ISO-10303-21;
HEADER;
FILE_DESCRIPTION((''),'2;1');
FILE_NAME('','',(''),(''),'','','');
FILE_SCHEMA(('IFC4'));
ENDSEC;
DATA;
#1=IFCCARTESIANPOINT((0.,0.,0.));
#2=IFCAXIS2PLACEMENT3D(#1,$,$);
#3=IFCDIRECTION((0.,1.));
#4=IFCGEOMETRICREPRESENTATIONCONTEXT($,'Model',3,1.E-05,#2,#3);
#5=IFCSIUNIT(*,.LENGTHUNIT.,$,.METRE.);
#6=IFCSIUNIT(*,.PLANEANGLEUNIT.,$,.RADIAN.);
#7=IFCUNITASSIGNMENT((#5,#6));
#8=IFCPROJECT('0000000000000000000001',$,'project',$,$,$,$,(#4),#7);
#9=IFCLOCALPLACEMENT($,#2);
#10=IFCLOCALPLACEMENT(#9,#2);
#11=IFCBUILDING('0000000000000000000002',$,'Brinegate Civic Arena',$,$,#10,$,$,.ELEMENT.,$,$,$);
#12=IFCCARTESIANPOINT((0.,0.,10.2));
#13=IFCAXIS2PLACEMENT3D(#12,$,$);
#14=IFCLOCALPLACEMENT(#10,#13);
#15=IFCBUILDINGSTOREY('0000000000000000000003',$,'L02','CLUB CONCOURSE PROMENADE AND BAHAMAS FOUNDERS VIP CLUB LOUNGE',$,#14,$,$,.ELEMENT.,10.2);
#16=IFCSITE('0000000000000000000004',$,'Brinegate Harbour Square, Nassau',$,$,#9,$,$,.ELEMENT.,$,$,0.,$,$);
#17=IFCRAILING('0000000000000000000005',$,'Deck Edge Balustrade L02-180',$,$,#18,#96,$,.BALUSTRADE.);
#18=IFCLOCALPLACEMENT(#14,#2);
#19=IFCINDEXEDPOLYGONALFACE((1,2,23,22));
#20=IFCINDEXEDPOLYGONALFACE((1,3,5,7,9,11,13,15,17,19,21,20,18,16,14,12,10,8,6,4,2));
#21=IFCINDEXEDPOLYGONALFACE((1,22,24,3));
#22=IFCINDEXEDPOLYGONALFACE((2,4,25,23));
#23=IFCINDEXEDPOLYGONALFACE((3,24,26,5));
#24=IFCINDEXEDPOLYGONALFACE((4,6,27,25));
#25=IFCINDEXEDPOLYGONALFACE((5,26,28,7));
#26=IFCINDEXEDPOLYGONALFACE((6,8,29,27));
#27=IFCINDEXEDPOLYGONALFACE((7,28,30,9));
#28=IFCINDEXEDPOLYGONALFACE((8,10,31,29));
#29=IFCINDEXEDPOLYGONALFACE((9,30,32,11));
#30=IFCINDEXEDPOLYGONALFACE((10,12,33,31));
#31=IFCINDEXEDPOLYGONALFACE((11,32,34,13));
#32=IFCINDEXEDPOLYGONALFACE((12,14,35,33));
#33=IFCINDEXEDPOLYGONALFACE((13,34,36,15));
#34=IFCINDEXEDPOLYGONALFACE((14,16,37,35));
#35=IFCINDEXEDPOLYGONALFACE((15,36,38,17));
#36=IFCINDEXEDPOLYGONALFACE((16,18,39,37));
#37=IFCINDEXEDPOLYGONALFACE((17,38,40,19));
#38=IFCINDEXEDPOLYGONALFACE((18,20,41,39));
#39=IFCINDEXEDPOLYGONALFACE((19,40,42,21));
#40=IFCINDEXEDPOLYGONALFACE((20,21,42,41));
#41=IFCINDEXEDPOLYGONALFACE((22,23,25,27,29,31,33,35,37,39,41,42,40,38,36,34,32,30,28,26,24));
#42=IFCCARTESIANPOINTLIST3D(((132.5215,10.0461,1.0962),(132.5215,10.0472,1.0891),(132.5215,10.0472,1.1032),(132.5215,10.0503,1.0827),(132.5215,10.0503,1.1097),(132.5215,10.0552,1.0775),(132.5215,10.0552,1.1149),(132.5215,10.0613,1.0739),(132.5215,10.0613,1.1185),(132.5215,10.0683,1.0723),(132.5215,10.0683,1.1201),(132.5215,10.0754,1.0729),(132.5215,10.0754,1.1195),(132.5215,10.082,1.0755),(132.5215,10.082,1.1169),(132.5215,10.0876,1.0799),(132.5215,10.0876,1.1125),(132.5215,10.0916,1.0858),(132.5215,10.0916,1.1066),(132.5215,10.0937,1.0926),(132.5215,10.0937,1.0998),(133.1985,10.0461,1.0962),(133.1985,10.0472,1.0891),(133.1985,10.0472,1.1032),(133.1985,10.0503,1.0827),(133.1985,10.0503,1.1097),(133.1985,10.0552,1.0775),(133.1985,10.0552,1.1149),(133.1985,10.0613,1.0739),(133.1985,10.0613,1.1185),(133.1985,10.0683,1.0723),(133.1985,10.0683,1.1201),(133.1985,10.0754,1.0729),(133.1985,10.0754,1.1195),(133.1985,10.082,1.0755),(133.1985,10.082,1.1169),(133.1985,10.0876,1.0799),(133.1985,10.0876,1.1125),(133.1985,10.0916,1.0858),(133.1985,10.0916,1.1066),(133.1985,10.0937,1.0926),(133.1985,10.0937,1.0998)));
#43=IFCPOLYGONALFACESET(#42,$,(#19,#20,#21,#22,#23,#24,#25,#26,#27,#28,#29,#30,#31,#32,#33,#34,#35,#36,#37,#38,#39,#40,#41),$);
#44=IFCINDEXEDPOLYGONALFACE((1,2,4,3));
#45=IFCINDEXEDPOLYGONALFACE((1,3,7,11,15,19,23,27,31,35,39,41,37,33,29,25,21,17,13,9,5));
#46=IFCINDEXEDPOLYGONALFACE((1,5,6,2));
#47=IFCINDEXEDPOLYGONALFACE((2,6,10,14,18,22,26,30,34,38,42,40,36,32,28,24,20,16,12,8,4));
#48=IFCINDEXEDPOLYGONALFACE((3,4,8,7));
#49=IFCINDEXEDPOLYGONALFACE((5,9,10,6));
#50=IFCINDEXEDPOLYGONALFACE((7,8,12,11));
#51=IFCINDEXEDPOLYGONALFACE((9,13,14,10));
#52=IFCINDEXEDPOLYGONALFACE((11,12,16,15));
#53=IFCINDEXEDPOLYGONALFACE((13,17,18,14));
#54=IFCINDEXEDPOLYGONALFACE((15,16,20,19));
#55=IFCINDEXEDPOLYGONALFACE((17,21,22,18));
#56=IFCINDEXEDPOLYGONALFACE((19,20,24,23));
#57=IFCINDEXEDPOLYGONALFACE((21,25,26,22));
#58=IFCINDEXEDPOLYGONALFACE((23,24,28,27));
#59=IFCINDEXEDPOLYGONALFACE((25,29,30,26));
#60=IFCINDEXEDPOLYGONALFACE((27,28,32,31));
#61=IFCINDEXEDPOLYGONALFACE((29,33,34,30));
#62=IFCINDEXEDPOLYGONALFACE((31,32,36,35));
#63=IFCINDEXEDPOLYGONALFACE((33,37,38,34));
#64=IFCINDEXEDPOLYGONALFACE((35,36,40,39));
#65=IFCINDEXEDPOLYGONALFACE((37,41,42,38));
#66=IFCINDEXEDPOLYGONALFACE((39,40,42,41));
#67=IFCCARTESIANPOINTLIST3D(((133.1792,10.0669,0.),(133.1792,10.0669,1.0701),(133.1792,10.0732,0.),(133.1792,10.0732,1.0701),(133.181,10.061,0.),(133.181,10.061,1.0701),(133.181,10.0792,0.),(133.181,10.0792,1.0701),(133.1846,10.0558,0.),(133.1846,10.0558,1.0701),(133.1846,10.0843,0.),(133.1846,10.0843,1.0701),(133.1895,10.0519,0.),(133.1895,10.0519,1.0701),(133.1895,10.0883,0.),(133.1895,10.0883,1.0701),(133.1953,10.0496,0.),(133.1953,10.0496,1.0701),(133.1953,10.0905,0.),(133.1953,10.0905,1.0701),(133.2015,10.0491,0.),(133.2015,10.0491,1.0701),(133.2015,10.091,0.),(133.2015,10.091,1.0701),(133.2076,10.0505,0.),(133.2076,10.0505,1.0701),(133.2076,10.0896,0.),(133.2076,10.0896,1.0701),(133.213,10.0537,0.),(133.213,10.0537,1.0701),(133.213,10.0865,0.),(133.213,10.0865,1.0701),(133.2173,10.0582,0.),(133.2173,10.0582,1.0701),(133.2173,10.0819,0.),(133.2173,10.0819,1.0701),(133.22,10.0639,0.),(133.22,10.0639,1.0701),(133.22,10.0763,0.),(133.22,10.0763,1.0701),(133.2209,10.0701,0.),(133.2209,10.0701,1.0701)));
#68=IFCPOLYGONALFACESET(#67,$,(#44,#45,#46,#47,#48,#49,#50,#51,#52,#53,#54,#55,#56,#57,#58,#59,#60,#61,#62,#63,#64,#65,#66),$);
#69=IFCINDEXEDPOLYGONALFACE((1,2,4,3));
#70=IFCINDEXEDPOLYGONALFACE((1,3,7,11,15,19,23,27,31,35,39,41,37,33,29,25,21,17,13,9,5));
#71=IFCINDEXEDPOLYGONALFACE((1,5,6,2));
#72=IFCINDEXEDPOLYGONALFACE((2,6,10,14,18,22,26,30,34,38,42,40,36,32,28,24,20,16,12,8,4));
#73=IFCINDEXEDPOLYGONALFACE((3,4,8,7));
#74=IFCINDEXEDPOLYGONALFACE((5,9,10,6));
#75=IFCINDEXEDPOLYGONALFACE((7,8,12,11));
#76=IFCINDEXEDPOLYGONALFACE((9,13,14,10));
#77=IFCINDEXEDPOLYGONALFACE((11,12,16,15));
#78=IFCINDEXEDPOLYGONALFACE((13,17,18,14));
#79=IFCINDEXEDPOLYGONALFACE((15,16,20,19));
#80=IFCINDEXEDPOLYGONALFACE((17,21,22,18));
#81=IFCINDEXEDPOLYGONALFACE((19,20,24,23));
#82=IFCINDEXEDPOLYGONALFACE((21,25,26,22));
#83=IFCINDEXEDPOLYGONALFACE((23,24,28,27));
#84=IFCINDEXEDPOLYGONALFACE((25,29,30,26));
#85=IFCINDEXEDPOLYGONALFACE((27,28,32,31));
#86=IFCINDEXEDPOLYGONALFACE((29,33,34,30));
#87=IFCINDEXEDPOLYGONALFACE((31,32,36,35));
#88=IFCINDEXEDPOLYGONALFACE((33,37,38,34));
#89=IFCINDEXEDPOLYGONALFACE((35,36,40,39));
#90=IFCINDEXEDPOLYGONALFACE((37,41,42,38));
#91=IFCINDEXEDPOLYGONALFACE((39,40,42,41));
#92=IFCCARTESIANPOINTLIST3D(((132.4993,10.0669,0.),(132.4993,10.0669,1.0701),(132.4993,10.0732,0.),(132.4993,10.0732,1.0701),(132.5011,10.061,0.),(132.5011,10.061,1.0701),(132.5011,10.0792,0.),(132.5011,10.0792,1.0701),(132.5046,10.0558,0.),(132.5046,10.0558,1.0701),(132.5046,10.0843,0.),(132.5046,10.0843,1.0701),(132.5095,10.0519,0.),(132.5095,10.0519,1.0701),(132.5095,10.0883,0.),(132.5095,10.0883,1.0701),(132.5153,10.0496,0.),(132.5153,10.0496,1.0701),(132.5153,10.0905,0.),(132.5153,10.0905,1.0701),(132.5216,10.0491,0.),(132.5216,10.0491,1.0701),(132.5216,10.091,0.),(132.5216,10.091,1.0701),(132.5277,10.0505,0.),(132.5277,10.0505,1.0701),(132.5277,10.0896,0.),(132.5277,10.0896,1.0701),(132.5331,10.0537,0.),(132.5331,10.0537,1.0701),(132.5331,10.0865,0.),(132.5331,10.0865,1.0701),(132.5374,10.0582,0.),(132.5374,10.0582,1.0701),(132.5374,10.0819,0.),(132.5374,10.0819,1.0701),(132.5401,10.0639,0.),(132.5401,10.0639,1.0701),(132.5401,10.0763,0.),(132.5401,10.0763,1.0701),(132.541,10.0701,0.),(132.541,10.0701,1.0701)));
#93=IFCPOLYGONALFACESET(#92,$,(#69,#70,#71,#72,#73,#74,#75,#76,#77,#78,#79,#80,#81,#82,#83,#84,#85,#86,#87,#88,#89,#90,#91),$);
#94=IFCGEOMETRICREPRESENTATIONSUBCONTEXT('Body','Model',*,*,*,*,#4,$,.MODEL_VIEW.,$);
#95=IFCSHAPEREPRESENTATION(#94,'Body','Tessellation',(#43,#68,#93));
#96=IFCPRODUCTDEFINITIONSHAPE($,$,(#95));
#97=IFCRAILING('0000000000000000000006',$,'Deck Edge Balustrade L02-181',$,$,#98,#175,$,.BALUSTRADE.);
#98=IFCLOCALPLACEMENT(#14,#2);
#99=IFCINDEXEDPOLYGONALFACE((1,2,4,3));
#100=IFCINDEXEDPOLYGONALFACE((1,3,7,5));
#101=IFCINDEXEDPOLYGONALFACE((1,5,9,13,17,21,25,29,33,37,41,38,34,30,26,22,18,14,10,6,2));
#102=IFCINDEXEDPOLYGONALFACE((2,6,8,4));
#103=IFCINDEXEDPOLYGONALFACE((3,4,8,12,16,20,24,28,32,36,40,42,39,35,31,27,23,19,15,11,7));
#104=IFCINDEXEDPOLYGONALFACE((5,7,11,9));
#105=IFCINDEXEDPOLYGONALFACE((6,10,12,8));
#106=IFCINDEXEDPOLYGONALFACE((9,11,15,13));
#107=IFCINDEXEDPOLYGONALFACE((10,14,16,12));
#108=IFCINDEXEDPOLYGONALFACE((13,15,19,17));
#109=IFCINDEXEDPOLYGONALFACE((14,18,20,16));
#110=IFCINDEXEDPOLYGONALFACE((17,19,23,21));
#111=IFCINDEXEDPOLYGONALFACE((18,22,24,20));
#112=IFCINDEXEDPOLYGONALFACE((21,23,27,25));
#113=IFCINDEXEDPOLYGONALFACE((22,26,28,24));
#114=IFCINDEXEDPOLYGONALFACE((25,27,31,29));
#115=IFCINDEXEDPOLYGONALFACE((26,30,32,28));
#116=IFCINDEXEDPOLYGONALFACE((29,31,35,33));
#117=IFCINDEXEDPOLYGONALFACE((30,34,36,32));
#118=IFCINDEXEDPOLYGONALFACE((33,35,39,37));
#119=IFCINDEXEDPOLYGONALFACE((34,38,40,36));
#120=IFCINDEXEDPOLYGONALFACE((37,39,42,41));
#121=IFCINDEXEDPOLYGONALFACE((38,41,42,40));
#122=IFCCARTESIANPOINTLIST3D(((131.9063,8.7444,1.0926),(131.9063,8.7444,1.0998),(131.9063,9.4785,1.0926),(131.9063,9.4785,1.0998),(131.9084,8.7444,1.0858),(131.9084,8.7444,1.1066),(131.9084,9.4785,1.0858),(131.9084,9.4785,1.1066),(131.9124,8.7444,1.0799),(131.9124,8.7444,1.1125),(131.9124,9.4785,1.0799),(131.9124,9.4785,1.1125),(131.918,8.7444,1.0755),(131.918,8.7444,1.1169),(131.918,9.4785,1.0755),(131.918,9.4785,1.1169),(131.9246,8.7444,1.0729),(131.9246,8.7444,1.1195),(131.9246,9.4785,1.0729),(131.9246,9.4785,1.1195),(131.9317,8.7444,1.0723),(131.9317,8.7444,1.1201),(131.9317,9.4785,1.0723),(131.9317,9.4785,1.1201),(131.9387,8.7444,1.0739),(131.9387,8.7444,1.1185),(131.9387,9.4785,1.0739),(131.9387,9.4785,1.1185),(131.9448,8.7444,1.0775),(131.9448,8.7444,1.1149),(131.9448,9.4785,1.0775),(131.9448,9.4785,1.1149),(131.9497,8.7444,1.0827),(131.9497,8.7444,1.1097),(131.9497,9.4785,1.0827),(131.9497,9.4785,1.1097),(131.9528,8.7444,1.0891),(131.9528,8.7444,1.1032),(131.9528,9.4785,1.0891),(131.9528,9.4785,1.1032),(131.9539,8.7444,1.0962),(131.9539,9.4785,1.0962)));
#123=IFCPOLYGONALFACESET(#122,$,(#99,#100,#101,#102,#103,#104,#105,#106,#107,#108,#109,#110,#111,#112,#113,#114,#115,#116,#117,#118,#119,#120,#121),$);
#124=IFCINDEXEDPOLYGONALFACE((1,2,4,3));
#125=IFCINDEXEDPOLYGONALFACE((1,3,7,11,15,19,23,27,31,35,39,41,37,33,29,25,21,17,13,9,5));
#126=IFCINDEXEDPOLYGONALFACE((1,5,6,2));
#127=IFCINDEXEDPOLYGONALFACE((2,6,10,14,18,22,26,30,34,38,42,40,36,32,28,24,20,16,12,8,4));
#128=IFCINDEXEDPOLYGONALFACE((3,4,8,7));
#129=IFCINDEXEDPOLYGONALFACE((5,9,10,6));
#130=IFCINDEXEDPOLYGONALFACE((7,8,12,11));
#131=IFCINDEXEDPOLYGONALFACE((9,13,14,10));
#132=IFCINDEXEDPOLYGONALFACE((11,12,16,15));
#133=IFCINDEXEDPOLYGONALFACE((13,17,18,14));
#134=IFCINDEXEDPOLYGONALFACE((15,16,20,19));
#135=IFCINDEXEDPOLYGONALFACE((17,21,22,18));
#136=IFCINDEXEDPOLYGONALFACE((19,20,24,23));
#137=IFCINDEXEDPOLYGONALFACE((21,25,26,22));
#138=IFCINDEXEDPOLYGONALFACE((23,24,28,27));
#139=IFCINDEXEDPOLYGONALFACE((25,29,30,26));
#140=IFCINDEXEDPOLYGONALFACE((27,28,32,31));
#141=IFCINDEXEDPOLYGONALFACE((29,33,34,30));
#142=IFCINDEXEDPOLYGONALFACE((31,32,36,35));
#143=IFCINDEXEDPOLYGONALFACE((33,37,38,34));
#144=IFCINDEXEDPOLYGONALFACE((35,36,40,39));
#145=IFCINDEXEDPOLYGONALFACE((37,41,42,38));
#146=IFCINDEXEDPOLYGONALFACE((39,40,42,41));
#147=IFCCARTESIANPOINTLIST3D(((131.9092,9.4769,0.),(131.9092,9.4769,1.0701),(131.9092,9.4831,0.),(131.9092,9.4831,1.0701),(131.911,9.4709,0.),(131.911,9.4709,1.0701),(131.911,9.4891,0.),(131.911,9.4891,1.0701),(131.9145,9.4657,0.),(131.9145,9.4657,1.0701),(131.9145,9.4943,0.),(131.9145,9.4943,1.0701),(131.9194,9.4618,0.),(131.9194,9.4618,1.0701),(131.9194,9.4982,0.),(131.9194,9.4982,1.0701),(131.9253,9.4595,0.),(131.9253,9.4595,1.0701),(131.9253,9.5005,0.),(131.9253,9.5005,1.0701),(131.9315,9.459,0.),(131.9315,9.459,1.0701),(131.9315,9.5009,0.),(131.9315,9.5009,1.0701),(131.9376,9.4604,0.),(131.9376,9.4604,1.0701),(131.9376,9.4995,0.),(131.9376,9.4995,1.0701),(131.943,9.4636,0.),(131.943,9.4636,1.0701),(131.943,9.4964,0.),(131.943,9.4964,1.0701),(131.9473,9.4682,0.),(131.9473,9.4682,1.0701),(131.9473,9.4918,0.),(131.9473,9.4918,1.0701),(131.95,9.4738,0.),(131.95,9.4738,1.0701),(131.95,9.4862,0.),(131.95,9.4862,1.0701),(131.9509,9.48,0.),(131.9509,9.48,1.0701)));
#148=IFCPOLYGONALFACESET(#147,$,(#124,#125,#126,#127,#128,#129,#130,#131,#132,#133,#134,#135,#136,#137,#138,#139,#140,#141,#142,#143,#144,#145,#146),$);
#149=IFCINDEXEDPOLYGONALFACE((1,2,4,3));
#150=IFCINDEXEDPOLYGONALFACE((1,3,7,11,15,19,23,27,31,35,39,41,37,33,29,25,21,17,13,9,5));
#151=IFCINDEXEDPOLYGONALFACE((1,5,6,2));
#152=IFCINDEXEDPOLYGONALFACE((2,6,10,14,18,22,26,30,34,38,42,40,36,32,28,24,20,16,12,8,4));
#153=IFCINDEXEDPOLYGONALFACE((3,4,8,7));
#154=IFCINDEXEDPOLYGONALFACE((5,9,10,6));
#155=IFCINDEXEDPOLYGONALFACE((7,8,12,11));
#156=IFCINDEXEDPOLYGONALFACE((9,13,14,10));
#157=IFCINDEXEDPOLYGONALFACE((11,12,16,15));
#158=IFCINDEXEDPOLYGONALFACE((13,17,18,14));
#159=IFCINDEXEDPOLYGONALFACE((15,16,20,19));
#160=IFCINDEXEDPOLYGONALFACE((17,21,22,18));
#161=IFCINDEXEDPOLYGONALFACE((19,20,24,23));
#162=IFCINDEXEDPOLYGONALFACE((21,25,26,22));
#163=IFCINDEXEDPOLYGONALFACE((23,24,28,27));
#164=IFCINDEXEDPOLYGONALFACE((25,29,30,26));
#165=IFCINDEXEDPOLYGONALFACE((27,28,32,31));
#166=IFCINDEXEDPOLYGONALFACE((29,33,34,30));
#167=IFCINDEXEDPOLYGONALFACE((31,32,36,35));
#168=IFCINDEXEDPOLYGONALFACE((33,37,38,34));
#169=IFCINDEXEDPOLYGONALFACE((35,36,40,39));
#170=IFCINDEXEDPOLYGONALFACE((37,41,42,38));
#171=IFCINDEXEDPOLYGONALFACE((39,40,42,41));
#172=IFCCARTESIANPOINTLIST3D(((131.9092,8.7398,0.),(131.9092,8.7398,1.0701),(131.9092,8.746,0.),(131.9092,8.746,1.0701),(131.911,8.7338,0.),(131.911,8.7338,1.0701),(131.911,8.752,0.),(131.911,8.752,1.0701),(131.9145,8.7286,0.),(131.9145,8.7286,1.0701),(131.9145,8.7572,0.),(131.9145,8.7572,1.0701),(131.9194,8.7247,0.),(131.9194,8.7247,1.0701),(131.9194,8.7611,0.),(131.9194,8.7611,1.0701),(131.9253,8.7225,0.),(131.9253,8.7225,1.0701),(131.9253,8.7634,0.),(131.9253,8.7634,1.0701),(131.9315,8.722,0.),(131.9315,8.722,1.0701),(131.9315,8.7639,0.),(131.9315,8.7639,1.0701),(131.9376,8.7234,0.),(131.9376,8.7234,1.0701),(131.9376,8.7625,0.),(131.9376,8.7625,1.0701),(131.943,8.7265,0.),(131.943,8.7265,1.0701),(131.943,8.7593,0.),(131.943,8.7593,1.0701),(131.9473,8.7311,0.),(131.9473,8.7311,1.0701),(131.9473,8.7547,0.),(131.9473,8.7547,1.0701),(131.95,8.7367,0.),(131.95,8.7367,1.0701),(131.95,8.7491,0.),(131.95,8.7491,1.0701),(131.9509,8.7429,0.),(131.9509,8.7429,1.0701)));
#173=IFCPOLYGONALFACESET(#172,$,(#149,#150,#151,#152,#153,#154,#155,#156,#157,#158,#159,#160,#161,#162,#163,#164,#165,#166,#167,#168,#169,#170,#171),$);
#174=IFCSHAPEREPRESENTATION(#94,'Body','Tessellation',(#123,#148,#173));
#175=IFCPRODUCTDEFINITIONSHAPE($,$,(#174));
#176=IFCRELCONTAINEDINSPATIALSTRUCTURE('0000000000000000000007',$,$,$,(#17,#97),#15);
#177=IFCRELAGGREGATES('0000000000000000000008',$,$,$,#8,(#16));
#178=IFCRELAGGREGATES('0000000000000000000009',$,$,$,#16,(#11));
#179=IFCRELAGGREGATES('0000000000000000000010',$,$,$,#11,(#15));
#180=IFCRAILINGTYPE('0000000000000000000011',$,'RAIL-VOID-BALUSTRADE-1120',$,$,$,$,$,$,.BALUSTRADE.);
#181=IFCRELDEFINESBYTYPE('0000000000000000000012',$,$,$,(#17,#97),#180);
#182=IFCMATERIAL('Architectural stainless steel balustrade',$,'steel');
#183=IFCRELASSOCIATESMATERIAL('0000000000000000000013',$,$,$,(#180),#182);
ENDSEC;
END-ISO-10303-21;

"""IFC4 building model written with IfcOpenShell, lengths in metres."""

from ifc_helpers import new_model, si_unit, direction, frame, origin, origin_2d, place, context, subcontext, project, spatial, circle, extrude, material, type_object, element, save


model = new_model("IFC4")

# Units and contexts
model_context = context("Model", 3, precision=1e-05, world=origin(), true_north=direction((0.0, 1.0)))
body_context = subcontext(model_context, "Body", "Model", "MODEL_VIEW")
ifc_project = project(units=[si_unit("LENGTHUNIT", "METRE"), si_unit("PLANEANGLEUNIT", "RADIAN")], contexts=[model_context])

# Site, building, storey
site_placement = place(None, origin())
site = spatial("IfcSite", under=ifc_project, at=site_placement, Name="Brinegate Harbour Square, Nassau", CompositionType="ELEMENT", RefElevation=0.0)
building_placement = place(site_placement, origin())
building = spatial("IfcBuilding", under=site, at=building_placement, Name="Brinegate Civic Arena", CompositionType="ELEMENT")
storey_placement = place(building_placement, frame((0.0, 0.0, 10.2)))
storey = spatial("IfcBuildingStorey", under=building, at=storey_placement, Name="L02", Description="CLUB CONCOURSE PROMENADE AND BAHAMAS FOUNDERS VIP CLUB LOUNGE", CompositionType="ELEMENT", Elevation=10.2)

# Railings
ifc_material_1 = material(Name="Architectural stainless steel balustrade", Category="steel")
railing_type_1 = type_object("IfcRailingType", Name="RAIL-VOID-BALUSTRADE-1120", PredefinedType="BALUSTRADE", material=ifc_material_1)
railing_1_placement = place(storey_placement, frame((133.2, 10.0701, 0.0)))
element("IfcRailing", 1, at=railing_1_placement, inside=storey, type_object=railing_type_1, Name="Deck Edge Balustrade L02-180", PredefinedType="BALUSTRADE", context=body_context, shape_type="SweptSolid", body=[
    extrude(circle(Radius=0.0239, at=origin_2d()), frame((-0.0015, 0.0, 1.0962), z_axis=(-1.0, 0.0, 0.0), x_axis=(0.0, -1.0, 0.0)), (0.0, 0.0, 1.0), 0.677),
    extrude(circle(Radius=0.021, at=origin_2d()), origin(), (0.0, 0.0, 1.0), 1.0701),
    extrude(circle(Radius=0.021, at=origin_2d()), frame((-0.6799, 0.0, 0.0)), (0.0, 0.0, 1.0), 1.0701),
])
railing_2_placement = place(storey_placement, frame((131.9299, 9.48, 0.0)))
element("IfcRailing", 2, at=railing_2_placement, inside=storey, type_object=railing_type_1, Name="Deck Edge Balustrade L02-181", PredefinedType="BALUSTRADE", context=body_context, shape_type="SweptSolid", body=[
    extrude(circle(Radius=0.0239, at=origin_2d()), frame((0.0, -0.0015, 1.0962), z_axis=(0.0, -1.0, 0.0), x_axis=(1.0, 0.0, 0.0)), (0.0, 0.0, 1.0), 0.7341),
    extrude(circle(Radius=0.021, at=origin_2d()), origin(), (0.0, 0.0, 1.0), 1.0701),
    extrude(circle(Radius=0.021, at=origin_2d()), frame((0.0, -0.7371, 0.0)), (0.0, 0.0, 1.0), 1.0701),
])

save(model, "model.ifc")
